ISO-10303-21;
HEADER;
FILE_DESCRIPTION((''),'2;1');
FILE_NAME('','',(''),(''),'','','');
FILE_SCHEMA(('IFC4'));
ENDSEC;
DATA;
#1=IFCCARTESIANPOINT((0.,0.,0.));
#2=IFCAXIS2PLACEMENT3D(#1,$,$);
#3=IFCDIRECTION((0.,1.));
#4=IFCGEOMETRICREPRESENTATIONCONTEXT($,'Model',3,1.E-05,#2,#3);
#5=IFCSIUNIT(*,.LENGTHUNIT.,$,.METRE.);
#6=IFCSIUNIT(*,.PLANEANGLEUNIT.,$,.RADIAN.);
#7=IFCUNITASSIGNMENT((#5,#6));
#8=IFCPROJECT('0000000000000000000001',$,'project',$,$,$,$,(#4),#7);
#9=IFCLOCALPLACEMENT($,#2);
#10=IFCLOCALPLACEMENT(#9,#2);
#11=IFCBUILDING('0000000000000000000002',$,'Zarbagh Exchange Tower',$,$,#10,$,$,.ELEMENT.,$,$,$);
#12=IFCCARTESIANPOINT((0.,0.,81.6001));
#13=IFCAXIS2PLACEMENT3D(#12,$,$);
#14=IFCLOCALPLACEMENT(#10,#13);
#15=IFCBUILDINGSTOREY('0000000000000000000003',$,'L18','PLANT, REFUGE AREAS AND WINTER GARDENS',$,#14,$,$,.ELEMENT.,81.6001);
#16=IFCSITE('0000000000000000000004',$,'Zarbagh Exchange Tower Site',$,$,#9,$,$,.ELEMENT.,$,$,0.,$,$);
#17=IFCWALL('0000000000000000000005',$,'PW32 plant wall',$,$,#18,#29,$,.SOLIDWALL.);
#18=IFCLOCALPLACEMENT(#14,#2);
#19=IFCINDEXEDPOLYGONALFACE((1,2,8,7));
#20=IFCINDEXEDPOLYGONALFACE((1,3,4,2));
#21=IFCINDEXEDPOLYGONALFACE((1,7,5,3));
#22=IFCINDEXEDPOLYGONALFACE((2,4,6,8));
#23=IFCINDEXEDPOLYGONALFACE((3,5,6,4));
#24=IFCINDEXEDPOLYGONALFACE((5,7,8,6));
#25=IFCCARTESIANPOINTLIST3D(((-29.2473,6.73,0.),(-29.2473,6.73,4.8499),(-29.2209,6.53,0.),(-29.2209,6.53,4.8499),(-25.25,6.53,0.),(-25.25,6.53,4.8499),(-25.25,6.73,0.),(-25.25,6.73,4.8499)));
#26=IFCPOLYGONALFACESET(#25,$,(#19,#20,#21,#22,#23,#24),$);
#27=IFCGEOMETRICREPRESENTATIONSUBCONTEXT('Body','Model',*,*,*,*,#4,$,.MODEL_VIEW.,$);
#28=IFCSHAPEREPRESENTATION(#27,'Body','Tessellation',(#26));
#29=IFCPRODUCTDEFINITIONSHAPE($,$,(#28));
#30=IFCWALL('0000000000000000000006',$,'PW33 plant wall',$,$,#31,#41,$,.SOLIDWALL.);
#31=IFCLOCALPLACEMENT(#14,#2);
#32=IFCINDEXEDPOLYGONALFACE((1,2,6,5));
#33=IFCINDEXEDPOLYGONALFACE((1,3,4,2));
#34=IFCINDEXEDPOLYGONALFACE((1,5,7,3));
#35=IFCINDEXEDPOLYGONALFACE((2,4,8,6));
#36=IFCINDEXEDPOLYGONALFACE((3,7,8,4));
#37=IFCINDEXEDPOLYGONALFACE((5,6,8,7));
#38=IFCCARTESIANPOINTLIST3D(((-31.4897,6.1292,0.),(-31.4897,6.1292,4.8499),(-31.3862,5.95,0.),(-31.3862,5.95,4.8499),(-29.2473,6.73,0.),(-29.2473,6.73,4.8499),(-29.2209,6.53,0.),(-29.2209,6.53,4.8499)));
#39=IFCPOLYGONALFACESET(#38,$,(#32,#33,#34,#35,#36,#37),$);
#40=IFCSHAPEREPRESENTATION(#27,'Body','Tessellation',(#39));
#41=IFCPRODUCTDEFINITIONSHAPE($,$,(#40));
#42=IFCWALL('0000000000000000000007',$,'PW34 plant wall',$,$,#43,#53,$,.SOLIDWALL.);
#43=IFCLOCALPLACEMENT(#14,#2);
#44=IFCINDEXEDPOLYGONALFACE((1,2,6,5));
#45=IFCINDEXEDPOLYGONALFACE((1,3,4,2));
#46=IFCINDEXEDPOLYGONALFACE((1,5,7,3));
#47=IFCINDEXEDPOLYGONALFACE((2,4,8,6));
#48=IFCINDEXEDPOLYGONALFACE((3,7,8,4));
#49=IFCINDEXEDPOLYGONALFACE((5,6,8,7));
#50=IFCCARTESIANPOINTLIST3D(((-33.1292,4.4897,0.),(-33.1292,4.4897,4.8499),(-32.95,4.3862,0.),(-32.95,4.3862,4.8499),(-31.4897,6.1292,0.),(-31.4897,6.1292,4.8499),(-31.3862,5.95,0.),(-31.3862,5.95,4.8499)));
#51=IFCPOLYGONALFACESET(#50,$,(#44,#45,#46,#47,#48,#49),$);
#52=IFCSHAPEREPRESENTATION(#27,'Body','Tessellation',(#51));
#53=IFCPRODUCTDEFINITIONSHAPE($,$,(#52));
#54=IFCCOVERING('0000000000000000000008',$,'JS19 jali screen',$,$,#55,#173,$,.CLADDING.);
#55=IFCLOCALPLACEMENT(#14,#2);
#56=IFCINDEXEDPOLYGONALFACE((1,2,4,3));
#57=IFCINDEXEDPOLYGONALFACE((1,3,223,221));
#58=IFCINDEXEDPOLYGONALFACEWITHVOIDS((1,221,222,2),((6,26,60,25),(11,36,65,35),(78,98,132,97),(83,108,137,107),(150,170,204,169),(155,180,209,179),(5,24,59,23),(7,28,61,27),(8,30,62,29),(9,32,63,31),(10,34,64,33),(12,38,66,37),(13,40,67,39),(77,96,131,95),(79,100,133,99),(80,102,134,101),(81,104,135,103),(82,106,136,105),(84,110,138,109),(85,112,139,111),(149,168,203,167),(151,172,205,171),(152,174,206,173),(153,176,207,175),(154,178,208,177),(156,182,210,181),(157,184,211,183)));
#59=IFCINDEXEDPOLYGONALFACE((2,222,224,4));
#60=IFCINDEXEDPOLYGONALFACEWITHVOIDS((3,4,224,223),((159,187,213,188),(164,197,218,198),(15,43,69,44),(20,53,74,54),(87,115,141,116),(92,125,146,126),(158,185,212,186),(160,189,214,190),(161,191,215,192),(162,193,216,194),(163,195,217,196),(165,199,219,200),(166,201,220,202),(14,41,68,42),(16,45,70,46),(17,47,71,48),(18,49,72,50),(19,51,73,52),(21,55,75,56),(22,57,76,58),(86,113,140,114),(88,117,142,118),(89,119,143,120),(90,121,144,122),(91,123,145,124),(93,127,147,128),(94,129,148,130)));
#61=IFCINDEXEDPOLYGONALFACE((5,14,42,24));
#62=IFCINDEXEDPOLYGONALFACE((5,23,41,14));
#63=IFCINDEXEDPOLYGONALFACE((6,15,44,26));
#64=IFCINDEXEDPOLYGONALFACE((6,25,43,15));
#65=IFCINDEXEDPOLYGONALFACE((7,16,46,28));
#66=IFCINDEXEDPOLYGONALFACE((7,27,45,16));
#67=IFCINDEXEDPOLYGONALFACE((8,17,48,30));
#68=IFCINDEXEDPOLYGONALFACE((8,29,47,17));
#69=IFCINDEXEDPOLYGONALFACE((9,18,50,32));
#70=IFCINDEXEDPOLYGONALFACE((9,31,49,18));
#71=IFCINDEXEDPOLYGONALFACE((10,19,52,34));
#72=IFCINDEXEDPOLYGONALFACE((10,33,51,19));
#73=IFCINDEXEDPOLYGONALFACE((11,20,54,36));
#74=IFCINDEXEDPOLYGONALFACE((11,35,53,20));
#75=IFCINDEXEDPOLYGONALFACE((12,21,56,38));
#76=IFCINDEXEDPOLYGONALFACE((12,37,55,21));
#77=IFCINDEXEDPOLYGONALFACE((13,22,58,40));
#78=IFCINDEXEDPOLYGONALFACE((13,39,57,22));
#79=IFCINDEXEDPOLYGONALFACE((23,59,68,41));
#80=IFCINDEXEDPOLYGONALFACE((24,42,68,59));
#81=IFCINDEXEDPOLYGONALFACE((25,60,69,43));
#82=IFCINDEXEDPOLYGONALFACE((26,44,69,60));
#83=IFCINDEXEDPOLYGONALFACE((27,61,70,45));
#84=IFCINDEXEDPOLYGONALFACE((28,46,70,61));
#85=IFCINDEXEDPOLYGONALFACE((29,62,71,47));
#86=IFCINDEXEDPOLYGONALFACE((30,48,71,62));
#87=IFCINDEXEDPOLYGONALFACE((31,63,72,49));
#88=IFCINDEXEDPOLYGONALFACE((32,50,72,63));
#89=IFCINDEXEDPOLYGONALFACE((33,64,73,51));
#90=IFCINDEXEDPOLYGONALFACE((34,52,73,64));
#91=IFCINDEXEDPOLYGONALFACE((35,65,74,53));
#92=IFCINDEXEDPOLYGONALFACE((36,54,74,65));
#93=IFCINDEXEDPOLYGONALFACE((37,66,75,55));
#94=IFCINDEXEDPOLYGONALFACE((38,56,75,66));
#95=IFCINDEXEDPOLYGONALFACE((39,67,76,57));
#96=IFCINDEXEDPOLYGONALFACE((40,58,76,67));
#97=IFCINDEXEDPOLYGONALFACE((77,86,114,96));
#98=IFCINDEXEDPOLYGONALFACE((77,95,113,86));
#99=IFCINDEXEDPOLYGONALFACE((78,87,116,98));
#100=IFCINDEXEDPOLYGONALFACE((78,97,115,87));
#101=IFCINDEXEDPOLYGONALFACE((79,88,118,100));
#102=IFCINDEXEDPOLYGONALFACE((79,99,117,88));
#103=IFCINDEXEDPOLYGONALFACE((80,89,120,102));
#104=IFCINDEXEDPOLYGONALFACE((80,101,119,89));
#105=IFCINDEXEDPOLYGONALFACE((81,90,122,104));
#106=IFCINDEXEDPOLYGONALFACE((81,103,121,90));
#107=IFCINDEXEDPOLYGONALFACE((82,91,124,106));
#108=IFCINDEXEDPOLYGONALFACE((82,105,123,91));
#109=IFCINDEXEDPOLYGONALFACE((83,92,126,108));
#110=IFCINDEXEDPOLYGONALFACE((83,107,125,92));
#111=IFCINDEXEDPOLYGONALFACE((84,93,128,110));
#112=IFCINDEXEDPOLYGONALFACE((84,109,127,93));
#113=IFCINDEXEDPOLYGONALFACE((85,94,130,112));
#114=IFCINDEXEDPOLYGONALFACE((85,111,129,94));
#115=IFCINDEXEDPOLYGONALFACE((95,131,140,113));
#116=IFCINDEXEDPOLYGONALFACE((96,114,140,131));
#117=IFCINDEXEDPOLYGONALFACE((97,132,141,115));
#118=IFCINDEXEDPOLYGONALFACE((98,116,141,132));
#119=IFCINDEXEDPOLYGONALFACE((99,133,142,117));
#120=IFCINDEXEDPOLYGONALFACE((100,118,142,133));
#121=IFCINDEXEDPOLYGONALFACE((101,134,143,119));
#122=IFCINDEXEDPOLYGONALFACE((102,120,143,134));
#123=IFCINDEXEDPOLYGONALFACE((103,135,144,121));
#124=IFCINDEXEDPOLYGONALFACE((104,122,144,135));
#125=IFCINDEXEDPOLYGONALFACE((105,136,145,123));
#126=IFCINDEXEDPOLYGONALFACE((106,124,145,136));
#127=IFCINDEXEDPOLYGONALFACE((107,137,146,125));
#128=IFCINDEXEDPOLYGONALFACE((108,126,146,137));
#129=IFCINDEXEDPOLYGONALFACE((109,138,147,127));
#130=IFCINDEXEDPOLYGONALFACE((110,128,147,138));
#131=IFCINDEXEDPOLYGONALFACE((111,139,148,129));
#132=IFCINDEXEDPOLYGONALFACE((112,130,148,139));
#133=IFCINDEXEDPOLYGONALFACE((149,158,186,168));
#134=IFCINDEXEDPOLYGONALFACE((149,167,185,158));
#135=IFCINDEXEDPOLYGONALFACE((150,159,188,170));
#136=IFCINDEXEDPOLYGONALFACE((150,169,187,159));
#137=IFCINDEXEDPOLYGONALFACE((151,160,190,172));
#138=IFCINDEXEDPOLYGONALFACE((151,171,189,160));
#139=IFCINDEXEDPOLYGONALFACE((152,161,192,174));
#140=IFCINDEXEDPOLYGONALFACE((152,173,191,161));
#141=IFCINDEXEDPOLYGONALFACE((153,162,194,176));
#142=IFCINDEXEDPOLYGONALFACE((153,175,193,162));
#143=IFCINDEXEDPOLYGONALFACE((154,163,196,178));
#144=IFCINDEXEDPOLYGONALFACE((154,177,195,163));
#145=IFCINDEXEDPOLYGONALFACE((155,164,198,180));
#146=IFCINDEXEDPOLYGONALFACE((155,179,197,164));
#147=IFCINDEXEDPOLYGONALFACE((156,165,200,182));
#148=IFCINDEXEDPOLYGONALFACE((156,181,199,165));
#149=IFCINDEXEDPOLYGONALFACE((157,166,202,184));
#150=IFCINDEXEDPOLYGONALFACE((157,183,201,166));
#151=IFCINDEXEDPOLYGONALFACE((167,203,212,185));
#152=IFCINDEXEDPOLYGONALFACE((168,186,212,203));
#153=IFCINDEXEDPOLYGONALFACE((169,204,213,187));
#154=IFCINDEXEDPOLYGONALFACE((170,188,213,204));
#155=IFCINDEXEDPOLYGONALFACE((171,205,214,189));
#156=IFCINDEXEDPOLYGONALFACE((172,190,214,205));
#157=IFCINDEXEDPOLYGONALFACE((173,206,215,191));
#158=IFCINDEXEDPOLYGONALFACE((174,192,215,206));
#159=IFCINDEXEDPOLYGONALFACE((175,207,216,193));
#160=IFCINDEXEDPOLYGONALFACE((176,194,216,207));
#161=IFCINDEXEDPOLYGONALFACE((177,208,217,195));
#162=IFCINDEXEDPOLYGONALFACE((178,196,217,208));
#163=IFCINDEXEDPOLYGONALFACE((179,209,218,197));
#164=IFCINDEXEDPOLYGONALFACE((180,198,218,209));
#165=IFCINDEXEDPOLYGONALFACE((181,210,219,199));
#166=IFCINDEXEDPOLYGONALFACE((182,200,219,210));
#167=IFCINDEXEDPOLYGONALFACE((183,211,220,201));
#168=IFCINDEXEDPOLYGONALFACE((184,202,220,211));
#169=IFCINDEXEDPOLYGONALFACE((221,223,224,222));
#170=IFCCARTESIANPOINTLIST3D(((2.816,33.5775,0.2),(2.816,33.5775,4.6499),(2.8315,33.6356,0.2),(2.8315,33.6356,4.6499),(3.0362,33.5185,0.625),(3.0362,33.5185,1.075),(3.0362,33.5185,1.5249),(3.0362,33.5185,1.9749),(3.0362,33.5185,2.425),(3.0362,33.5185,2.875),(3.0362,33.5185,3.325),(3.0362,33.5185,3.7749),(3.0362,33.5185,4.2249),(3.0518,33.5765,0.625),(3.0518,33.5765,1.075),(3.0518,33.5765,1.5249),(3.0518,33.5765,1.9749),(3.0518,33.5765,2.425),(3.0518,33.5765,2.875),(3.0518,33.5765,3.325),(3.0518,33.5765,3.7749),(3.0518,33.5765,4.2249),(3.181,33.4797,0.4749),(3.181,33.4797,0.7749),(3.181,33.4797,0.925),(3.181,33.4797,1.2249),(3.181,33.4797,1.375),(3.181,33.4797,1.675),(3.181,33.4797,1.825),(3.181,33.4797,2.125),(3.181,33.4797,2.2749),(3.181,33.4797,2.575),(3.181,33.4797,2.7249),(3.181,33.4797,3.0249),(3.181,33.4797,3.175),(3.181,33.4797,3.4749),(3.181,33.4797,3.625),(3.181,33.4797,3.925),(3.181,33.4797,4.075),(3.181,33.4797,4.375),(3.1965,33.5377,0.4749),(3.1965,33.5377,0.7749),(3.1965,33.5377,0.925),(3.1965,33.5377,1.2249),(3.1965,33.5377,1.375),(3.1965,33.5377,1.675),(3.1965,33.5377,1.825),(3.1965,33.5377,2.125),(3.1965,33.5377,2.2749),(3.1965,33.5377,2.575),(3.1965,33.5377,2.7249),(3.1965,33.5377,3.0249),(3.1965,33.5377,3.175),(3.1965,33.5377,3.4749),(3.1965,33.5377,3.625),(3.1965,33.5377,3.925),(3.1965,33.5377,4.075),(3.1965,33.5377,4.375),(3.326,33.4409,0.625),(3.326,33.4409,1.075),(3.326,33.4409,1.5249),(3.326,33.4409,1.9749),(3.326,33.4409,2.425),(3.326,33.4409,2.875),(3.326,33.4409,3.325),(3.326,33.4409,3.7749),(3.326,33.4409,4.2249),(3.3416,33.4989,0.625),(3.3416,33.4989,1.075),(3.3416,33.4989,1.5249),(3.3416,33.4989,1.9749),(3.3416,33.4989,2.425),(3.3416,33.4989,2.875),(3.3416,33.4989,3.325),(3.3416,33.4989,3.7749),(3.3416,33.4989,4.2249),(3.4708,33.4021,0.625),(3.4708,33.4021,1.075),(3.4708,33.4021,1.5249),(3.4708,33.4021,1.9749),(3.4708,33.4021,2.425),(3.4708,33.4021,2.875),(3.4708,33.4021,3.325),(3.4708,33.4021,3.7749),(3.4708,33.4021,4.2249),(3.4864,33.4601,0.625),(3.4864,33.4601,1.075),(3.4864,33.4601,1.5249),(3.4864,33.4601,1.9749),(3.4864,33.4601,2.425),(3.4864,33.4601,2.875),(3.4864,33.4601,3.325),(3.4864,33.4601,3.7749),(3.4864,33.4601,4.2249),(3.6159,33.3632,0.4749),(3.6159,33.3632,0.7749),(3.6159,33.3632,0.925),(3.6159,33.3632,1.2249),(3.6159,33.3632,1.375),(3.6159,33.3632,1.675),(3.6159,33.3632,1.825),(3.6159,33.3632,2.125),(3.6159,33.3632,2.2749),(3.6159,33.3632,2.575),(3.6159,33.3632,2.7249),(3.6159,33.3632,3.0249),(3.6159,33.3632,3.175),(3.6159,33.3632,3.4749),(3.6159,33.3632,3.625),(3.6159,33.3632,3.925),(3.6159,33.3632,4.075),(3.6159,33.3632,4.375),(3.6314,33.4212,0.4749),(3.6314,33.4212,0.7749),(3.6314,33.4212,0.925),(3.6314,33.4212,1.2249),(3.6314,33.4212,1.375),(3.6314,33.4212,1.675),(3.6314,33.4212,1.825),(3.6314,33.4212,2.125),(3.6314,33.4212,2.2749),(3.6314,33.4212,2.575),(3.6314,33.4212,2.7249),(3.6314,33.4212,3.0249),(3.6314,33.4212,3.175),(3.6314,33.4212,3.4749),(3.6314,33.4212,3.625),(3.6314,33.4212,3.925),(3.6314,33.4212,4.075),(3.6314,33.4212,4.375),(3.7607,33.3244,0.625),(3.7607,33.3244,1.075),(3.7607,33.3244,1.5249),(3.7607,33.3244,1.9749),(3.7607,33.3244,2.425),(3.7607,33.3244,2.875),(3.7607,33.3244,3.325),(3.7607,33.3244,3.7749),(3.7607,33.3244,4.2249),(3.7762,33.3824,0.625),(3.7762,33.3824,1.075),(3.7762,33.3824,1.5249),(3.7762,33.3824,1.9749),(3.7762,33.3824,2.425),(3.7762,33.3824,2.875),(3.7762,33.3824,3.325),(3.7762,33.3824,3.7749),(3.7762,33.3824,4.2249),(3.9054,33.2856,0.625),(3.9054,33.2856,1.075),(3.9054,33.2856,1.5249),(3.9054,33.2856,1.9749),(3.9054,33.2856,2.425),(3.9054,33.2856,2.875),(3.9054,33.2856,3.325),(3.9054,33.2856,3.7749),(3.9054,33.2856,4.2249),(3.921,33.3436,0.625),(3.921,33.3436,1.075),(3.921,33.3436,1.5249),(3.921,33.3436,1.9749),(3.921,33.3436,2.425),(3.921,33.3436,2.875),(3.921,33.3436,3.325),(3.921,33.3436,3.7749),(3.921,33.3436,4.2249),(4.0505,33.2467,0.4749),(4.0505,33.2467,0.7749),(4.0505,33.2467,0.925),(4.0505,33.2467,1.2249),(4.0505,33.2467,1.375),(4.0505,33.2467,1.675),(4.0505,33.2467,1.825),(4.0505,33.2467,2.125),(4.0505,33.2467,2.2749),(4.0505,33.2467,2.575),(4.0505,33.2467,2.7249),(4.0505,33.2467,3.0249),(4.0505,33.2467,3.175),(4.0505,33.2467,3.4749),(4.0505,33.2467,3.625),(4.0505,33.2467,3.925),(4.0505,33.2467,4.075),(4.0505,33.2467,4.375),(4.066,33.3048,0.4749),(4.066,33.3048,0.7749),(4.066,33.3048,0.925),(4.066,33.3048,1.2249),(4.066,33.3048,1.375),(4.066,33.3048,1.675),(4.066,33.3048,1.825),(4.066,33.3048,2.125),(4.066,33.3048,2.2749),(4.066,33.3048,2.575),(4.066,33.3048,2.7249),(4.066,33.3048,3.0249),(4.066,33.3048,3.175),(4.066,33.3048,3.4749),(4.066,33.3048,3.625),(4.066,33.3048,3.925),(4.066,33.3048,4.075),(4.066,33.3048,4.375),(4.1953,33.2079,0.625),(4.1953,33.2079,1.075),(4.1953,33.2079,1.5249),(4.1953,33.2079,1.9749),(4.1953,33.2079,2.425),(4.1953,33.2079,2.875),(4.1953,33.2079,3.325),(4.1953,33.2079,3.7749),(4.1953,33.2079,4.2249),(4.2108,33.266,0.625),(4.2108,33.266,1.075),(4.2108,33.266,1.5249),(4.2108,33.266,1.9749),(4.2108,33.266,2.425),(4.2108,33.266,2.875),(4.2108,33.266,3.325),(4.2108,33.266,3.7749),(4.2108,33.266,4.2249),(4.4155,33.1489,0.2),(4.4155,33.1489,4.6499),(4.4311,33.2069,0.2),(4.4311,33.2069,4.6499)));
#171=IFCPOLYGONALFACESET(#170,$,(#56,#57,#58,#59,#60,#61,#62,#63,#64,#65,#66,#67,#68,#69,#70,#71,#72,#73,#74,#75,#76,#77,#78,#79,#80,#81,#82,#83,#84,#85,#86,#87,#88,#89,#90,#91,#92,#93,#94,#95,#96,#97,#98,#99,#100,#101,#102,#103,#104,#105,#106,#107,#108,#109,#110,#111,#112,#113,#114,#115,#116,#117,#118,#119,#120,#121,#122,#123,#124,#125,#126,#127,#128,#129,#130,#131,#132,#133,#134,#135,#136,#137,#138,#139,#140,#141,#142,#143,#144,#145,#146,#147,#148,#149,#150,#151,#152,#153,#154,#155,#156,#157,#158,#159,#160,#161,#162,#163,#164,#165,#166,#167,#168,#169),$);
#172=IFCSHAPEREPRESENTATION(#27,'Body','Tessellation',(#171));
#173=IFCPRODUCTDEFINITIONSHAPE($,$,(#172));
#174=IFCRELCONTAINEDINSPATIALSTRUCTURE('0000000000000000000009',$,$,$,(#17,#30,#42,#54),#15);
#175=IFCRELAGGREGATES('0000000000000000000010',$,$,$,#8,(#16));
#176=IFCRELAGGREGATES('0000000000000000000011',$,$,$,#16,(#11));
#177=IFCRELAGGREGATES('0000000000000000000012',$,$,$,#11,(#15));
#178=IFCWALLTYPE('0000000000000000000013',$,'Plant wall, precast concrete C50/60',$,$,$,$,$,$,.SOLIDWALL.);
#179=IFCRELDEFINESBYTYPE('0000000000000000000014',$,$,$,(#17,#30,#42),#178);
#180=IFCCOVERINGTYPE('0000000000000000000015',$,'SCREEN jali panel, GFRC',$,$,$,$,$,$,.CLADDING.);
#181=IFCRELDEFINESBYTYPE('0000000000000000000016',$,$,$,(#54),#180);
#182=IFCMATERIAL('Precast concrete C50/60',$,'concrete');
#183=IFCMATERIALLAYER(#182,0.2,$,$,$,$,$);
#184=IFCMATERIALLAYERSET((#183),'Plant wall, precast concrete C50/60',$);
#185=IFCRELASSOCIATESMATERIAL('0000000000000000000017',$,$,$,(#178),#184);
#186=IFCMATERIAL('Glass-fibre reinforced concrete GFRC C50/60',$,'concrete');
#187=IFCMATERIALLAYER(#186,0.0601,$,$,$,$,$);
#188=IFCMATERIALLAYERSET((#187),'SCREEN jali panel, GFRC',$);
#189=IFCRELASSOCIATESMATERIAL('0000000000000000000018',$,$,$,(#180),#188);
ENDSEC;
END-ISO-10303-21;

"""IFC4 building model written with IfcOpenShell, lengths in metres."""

from ifc_helpers import new_model, si_unit, direction, frame, origin, place, context, subcontext, project, spatial, polyline, outline, extrude, source, transform, mapped, material, layer, layer_set, type_object, element, save


model = new_model("IFC4")

# Units and contexts
model_context = context("Model", 3, precision=1e-05, world=origin(), true_north=direction((0.0, 1.0)))
body_context = subcontext(model_context, "Body", "Model", "MODEL_VIEW")
ifc_project = project(units=[si_unit("LENGTHUNIT", "METRE"), si_unit("PLANEANGLEUNIT", "RADIAN")], contexts=[model_context])

# Site, building, storey
site_placement = place(None, origin())
site = spatial("IfcSite", under=ifc_project, at=site_placement, Name="Zarbagh Exchange Tower Site", CompositionType="ELEMENT", RefElevation=0.0)
building_placement = place(site_placement, origin())
building = spatial("IfcBuilding", under=site, at=building_placement, Name="Zarbagh Exchange Tower", CompositionType="ELEMENT")
storey_placement = place(building_placement, frame((0.0, 0.0, 81.6001)))
storey = spatial("IfcBuildingStorey", under=building, at=storey_placement, Name="L18", Description="PLANT, REFUGE AREAS AND WINTER GARDENS", CompositionType="ELEMENT", Elevation=81.6001)

# Walls
ifc_material_1 = material(Name="Precast concrete C50/60", Category="concrete")
ifc_layer_1 = layer(ifc_material_1, 0.2)
ifc_layer_set_1 = layer_set([ifc_layer_1], Name="Plant wall, precast concrete C50/60")
wall_type = type_object("IfcWallType", Name="Plant wall, precast concrete C50/60", PredefinedType="SOLIDWALL", material=ifc_layer_set_1)
wall_1_placement = place(storey_placement, origin())
element("IfcWall", 1, at=wall_1_placement, inside=storey, type_object=wall_type, Name="PW32 plant wall", PredefinedType="SOLIDWALL", context=body_context, shape_type="SweptSolid", body=[
    extrude(outline(polyline([(-25.25, 6.73), (-29.2473, 6.73), (-29.2209, 6.53), (-25.25, 6.53), (-25.25, 6.73)])), origin(), (0.0, 0.0, 1.0), 4.8499),
])
wall_2_placement = place(storey_placement, origin())
element("IfcWall", 2, at=wall_2_placement, inside=storey, type_object=wall_type, Name="PW33 plant wall", PredefinedType="SOLIDWALL", context=body_context, shape_type="SweptSolid", body=[
    extrude(outline(polyline([(-29.2473, 6.73), (-31.4897, 6.1292), (-31.3862, 5.95), (-29.2209, 6.53), (-29.2473, 6.73)])), origin(), (0.0, 0.0, 1.0), 4.8499),
])
wall_3_placement = place(storey_placement, origin())
element("IfcWall", 3, at=wall_3_placement, inside=storey, type_object=wall_type, Name="PW34 plant wall", PredefinedType="SOLIDWALL", context=body_context, shape_type="SweptSolid", body=[
    extrude(outline(polyline([(-31.4897, 6.1292), (-33.1292, 4.4897), (-32.95, 4.3862), (-31.3862, 5.95), (-31.4897, 6.1292)])), origin(), (0.0, 0.0, 1.0), 4.8499),
])

# Covering
ifc_material_2 = material(Name="Glass-fibre reinforced concrete GFRC C50/60", Category="concrete")
ifc_layer_2 = layer(ifc_material_2, 0.0601)
ifc_layer_set_2 = layer_set([ifc_layer_2], Name="SCREEN jali panel, GFRC")
covering_type = type_object("IfcCoveringType", Name="SCREEN jali panel, GFRC", PredefinedType="CLADDING", material=ifc_layer_set_2)
shared_shape_1 = source(origin(), body_context, "Body", "SweptSolid", [
    extrude(outline(polyline([(0.0, 0.0), (1.656, 0.0), (1.656, 4.45), (0.0, 4.45), (0.0, 0.0)]), holes=[polyline([(0.228, 0.425), (0.3779, 0.2749), (0.5281, 0.425), (0.3779, 0.575), (0.228, 0.425)]), polyline([(0.228, 0.875), (0.3779, 0.7251), (0.5281, 0.875), (0.3779, 1.0249), (0.228, 0.875)]), polyline([(0.228, 1.325), (0.3779, 1.175), (0.5281, 1.325), (0.3779, 1.4751), (0.228, 1.325)]), polyline([(0.228, 1.7749), (0.3779, 1.625), (0.5281, 1.7749), (0.3779, 1.925), (0.228, 1.7749)]), polyline([(0.228, 2.2251), (0.3779, 2.075), (0.5281, 2.2251), (0.3779, 2.375), (0.228, 2.2251)]), polyline([(0.228, 2.675), (0.3779, 2.5249), (0.5281, 2.675), (0.3779, 2.825), (0.228, 2.675)]), polyline([(0.228, 3.125), (0.3779, 2.9751), (0.5281, 3.125), (0.3779, 3.2749), (0.228, 3.125)]), polyline([(0.228, 3.575), (0.3779, 3.425), (0.5281, 3.575), (0.3779, 3.7251), (0.228, 3.575)]), polyline([(0.228, 4.0249), (0.3779, 3.875), (0.5281, 4.0249), (0.3779, 4.175), (0.228, 4.0249)]), polyline([(0.678, 0.425), (0.8279, 0.2749), (0.978, 0.425), (0.8279, 0.575), (0.678, 0.425)]), polyline([(0.678, 0.875), (0.8279, 0.7251), (0.978, 0.875), (0.8279, 1.0249), (0.678, 0.875)]), polyline([(0.678, 1.325), (0.8279, 1.175), (0.978, 1.325), (0.8279, 1.4751), (0.678, 1.325)]), polyline([(0.678, 1.7749), (0.8279, 1.625), (0.978, 1.7749), (0.8279, 1.925), (0.678, 1.7749)]), polyline([(0.678, 2.2251), (0.8279, 2.075), (0.978, 2.2251), (0.8279, 2.375), (0.678, 2.2251)]), polyline([(0.678, 2.675), (0.8279, 2.5249), (0.978, 2.675), (0.8279, 2.825), (0.678, 2.675)]), polyline([(0.678, 3.125), (0.8279, 2.9751), (0.978, 3.125), (0.8279, 3.2749), (0.678, 3.125)]), polyline([(0.678, 3.575), (0.8279, 3.425), (0.978, 3.575), (0.8279, 3.7251), (0.678, 3.575)]), polyline([(0.678, 4.0249), (0.8279, 3.875), (0.978, 4.0249), (0.8279, 4.175), (0.678, 4.0249)]), polyline([(1.1279, 0.425), (1.2781, 0.2749), (1.428, 0.425), (1.2781, 0.575), (1.1279, 0.425)]), polyline([(1.1279, 0.875), (1.2781, 0.7251), (1.428, 0.875), (1.2781, 1.0249), (1.1279, 0.875)]), polyline([(1.1279, 1.325), (1.2781, 1.175), (1.428, 1.325), (1.2781, 1.4751), (1.1279, 1.325)]), polyline([(1.1279, 1.7749), (1.2781, 1.625), (1.428, 1.7749), (1.2781, 1.925), (1.1279, 1.7749)]), polyline([(1.1279, 2.2251), (1.2781, 2.075), (1.428, 2.2251), (1.2781, 2.375), (1.1279, 2.2251)]), polyline([(1.1279, 2.675), (1.2781, 2.5249), (1.428, 2.675), (1.2781, 2.825), (1.1279, 2.675)]), polyline([(1.1279, 3.125), (1.2781, 2.9751), (1.428, 3.125), (1.2781, 3.2749), (1.1279, 3.125)]), polyline([(1.1279, 3.575), (1.2781, 3.425), (1.428, 3.575), (1.2781, 3.7251), (1.1279, 3.575)]), polyline([(1.1279, 4.0249), (1.2781, 3.875), (1.428, 4.0249), (1.2781, 4.175), (1.1279, 4.0249)])]), origin(), (0.0, 0.0, 1.0), 0.0601),
])
placement = place(storey_placement, origin())
element("IfcCovering", 4, at=placement, inside=storey, type_object=covering_type, Name="JS19 jali screen", PredefinedType="CLADDING", context=body_context, shape_type="MappedRepresentation", body=[
    mapped(shared_shape_1, transform((4.4155, 33.1489, 0.2), x_axis=(-0.965924, 0.258825, 0.0), y_axis=(0.0, 0.0, 1.0), z_axis=(0.258825, 0.965924, 0.0))),
])

save(model, "model.ifc")
